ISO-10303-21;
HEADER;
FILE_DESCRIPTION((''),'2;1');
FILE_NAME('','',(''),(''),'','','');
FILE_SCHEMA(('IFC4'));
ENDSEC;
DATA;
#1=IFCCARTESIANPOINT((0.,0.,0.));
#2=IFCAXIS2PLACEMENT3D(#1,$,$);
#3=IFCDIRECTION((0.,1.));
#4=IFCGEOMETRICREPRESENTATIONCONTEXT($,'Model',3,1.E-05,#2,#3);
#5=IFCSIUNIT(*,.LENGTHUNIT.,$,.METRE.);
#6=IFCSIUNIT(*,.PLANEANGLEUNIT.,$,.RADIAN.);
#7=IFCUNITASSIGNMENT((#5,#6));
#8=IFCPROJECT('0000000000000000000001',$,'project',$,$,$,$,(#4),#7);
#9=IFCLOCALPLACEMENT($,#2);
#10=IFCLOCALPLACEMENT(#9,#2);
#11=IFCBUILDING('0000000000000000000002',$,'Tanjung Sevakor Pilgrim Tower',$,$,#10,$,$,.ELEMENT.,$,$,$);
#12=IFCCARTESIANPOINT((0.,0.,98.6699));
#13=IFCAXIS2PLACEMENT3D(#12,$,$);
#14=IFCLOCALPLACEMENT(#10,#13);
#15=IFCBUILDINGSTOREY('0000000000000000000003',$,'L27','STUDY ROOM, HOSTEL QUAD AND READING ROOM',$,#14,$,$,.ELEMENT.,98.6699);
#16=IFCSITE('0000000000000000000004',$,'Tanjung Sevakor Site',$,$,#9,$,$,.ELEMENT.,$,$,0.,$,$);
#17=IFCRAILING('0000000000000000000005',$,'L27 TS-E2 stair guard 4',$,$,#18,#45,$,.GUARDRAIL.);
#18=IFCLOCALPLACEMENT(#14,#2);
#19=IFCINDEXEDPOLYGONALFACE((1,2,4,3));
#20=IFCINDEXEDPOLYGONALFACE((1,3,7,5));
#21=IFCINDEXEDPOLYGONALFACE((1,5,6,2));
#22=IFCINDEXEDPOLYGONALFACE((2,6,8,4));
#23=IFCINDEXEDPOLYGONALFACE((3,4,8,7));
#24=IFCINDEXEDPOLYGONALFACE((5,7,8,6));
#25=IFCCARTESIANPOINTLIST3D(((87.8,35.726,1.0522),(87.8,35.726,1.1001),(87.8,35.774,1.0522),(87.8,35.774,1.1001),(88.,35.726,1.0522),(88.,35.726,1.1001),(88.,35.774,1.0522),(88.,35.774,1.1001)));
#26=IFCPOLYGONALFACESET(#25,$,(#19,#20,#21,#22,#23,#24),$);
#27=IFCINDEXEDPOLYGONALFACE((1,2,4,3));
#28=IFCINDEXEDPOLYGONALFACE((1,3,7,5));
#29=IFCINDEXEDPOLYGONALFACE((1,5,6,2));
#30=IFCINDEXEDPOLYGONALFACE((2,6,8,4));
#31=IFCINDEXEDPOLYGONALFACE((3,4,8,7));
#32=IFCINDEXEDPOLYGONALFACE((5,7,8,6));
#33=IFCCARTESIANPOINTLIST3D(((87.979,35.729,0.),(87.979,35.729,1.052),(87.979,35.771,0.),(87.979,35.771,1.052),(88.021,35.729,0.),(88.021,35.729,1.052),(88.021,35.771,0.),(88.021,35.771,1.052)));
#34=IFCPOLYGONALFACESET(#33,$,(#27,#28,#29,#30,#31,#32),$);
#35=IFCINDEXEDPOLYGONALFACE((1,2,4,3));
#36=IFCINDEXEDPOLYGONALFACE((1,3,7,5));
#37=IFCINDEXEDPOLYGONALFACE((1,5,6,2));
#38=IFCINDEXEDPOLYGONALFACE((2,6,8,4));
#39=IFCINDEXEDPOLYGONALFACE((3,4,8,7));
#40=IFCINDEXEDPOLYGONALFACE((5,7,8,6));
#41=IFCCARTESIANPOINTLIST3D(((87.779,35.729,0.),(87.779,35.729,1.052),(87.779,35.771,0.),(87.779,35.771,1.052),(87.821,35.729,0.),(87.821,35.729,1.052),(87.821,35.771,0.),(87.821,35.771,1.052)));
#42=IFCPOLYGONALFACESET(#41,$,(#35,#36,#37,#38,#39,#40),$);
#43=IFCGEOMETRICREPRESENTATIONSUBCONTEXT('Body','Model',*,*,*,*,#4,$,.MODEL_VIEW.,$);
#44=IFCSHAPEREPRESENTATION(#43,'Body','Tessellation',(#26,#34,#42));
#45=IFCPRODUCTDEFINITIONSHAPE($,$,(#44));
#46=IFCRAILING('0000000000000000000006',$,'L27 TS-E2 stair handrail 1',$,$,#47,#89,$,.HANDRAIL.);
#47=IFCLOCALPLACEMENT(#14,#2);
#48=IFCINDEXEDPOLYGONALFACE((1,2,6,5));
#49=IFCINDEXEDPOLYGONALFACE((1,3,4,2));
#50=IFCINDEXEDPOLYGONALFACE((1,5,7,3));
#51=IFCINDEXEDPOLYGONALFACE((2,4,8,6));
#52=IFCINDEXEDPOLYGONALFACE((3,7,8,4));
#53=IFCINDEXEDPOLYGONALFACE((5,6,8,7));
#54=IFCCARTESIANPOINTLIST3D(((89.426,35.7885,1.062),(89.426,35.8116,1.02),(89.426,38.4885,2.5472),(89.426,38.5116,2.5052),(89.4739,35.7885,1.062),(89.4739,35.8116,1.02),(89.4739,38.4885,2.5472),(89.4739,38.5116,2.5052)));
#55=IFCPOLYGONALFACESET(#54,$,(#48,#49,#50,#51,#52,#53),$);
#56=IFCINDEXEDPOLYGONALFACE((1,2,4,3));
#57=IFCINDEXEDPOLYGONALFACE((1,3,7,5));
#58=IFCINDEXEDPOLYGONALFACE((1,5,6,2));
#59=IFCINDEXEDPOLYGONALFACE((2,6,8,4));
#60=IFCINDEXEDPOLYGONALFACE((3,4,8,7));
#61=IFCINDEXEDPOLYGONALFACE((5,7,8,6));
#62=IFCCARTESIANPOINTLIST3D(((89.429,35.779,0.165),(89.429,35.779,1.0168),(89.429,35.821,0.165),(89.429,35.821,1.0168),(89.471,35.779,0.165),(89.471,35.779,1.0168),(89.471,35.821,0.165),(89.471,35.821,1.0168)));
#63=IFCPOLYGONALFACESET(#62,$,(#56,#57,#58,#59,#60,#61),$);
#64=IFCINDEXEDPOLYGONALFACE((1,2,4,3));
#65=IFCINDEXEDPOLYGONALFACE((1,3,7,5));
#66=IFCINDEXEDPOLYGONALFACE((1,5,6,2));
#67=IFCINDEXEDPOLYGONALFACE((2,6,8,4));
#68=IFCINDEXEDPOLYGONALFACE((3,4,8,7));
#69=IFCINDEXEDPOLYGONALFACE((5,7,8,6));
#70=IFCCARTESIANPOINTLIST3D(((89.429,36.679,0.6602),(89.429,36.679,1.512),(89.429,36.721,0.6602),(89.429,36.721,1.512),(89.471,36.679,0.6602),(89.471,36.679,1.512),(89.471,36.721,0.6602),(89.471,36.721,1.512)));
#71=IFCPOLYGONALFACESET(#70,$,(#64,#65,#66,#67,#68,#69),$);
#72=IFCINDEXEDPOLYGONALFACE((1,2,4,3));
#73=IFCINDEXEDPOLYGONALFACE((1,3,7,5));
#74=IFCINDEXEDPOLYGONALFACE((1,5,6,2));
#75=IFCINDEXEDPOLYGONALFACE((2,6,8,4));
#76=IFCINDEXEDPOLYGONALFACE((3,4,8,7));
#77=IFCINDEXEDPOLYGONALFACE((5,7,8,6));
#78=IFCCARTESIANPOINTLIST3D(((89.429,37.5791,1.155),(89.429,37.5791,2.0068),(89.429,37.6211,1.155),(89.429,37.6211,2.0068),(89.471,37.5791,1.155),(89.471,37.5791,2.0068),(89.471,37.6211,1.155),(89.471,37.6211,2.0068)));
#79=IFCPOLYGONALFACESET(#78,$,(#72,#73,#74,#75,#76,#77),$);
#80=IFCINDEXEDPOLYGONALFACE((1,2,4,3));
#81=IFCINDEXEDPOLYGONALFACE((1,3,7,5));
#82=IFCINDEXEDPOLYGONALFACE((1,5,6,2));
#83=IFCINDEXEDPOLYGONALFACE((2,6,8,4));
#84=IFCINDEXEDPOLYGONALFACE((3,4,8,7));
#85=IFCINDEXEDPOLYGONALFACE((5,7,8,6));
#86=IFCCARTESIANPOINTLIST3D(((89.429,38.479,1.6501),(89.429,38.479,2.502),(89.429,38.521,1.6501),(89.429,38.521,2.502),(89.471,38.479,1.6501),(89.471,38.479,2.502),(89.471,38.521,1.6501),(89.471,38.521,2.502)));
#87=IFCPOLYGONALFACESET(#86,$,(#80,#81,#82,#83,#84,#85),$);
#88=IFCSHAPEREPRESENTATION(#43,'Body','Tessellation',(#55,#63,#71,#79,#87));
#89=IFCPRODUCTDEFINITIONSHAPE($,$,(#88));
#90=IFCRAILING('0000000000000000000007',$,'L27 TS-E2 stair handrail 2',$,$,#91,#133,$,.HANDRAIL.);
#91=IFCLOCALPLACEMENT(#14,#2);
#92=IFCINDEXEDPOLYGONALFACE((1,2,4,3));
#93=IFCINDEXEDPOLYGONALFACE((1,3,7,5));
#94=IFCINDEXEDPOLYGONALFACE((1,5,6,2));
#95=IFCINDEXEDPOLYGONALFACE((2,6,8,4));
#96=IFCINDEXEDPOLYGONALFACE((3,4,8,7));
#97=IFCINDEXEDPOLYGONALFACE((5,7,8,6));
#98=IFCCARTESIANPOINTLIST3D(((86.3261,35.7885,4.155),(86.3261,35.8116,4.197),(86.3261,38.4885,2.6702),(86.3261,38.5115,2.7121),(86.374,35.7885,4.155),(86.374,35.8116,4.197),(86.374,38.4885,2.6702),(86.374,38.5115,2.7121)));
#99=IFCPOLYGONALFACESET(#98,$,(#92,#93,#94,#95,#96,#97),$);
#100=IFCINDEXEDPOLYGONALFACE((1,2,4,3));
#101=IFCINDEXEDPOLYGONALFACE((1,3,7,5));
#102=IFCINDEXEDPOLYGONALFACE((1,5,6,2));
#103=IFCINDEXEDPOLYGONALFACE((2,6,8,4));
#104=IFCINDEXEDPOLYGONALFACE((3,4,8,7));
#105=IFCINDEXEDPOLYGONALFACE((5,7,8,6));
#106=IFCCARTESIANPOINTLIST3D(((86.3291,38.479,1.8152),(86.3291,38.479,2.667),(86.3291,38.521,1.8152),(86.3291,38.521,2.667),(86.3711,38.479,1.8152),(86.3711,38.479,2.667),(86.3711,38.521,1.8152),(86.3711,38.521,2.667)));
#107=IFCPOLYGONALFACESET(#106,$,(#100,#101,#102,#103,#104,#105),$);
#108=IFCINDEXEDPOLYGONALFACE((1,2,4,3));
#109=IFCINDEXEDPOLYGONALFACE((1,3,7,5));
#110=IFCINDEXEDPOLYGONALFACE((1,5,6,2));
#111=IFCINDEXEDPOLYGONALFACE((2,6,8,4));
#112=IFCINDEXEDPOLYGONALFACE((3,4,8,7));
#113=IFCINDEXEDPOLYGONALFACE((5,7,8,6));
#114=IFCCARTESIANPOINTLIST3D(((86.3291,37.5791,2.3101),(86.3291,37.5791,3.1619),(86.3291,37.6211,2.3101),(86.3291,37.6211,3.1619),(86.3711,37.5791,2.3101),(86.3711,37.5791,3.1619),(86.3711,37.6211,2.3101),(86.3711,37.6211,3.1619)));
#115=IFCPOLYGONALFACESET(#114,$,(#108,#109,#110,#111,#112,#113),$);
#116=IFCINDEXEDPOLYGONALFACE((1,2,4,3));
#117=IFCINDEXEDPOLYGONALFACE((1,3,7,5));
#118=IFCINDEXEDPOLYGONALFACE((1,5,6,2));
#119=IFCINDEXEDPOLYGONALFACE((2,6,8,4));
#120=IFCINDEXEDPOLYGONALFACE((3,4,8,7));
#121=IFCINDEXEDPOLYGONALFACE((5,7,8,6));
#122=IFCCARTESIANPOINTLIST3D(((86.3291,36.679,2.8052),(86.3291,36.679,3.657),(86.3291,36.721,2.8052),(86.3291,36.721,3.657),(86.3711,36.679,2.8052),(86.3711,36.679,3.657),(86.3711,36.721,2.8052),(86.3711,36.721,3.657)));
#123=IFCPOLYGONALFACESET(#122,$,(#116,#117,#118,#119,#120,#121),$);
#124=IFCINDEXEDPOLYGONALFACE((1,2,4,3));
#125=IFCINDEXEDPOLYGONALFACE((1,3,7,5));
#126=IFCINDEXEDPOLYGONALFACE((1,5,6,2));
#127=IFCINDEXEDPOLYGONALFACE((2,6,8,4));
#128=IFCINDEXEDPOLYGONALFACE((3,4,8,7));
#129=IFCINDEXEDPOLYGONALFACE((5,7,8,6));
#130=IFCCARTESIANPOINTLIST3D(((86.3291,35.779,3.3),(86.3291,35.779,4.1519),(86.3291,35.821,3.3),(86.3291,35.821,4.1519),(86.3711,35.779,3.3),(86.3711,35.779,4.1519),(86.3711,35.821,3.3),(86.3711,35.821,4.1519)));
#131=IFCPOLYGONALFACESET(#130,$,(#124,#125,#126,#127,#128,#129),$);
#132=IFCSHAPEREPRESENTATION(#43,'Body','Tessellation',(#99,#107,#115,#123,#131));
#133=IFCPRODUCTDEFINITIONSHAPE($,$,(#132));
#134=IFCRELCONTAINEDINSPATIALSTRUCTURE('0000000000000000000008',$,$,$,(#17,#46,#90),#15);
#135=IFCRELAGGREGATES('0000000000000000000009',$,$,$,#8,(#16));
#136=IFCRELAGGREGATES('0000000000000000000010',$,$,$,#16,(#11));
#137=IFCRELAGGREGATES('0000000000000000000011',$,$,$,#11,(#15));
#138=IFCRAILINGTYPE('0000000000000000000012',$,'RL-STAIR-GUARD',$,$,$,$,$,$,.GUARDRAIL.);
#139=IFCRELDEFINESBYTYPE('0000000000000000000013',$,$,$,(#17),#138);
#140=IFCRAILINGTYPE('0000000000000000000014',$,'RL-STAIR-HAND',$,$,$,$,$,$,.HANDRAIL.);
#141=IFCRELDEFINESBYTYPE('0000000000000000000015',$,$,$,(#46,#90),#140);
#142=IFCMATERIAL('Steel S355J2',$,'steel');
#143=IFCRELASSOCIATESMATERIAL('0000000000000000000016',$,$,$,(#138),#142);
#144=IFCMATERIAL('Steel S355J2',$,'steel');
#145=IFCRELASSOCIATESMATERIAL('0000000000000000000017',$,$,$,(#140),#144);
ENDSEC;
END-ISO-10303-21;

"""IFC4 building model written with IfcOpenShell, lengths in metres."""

from ifc_helpers import new_model, si_unit, direction, frame, origin, place, context, subcontext, project, spatial, rectangle, extrude, material, type_object, element, save


model = new_model("IFC4")

# Units and contexts
model_context = context("Model", 3, precision=1e-05, world=origin(), true_north=direction((0.0, 1.0)))
body_context = subcontext(model_context, "Body", "Model", "MODEL_VIEW")
ifc_project = project(units=[si_unit("LENGTHUNIT", "METRE"), si_unit("PLANEANGLEUNIT", "RADIAN")], contexts=[model_context])

# Site, building, storey
site_placement = place(None, origin())
site = spatial("IfcSite", under=ifc_project, at=site_placement, Name="Tanjung Sevakor Site", CompositionType="ELEMENT", RefElevation=0.0)
building_placement = place(site_placement, origin())
building = spatial("IfcBuilding", under=site, at=building_placement, Name="Tanjung Sevakor Pilgrim Tower", CompositionType="ELEMENT")
storey_placement = place(building_placement, frame((0.0, 0.0, 98.6699)))
storey = spatial("IfcBuildingStorey", under=building, at=storey_placement, Name="L27", Description="STUDY ROOM, HOSTEL QUAD AND READING ROOM", CompositionType="ELEMENT", Elevation=98.6699)

# Railings
ifc_material_1 = material(Name="Steel S355J2", Category="steel")
railing_type_1 = type_object("IfcRailingType", Name="RL-STAIR-GUARD", PredefinedType="GUARDRAIL", material=ifc_material_1)
railing_1_placement = place(storey_placement, frame((88.0, 35.75, 0.0)))
element("IfcRailing", 1, at=railing_1_placement, inside=storey, type_object=railing_type_1, Name="L27 TS-E2 stair guard 4", PredefinedType="GUARDRAIL", context=body_context, shape_type="SweptSolid", body=[
    extrude(rectangle(XDim=0.0479, YDim=0.0479), frame((0.0, 0.0, 1.0762), z_axis=(-1.0, 0.0, 0.0), x_axis=(0.0, -1.0, 0.0)), (0.0, 0.0, 1.0), 0.2),
    extrude(rectangle(XDim=0.042, YDim=0.042), origin(), (0.0, 0.0, 1.0), 1.052),
    extrude(rectangle(XDim=0.042, YDim=0.042), frame((-0.2, 0.0, 0.0)), (0.0, 0.0, 1.0), 1.052),
])
ifc_material_2 = material(Name="Steel S355J2", Category="steel")
railing_type_2 = type_object("IfcRailingType", Name="RL-STAIR-HAND", PredefinedType="HANDRAIL", material=ifc_material_2)
railing_2_placement = place(storey_placement, frame((89.45, 35.8, 0.165)))
element("IfcRailing", 2, at=railing_2_placement, inside=storey, type_object=railing_type_2, Name="L27 TS-E2 stair handrail 1", PredefinedType="HANDRAIL", context=body_context, shape_type="SweptSolid", body=[
    extrude(rectangle(XDim=0.0479, YDim=0.0479), frame((0.0, 0.0, 0.876), z_axis=(0.0, 0.876198, 0.481952), x_axis=(-1.0, 0.0, 0.0)), (0.0, 0.0, 1.0), 3.0815),
    extrude(rectangle(XDim=0.042, YDim=0.042), origin(), (0.0, 0.0, 1.0), 0.8518),
    extrude(rectangle(XDim=0.042, YDim=0.042), frame((0.0, 0.8999, 0.4951)), (0.0, 0.0, 1.0), 0.8518),
    extrude(rectangle(XDim=0.042, YDim=0.042), frame((0.0, 1.8, 0.99)), (0.0, 0.0, 1.0), 0.8518),
    extrude(rectangle(XDim=0.042, YDim=0.042), frame((0.0, 2.7, 1.4851)), (0.0, 0.0, 1.0), 0.8518),
])
railing_3_placement = place(storey_placement, frame((86.3501, 38.5, 1.8152)))
element("IfcRailing", 3, at=railing_3_placement, inside=storey, type_object=railing_type_2, Name="L27 TS-E2 stair handrail 2", PredefinedType="HANDRAIL", context=body_context, shape_type="SweptSolid", body=[
    extrude(rectangle(XDim=0.0479, YDim=0.0479), frame((0.0, 0.0, 0.876), z_axis=(0.0, -0.876231, 0.481891), x_axis=(1.0, 0.0, 0.0)), (0.0, 0.0, 1.0), 3.0813),
    extrude(rectangle(XDim=0.042, YDim=0.042), origin(), (0.0, 0.0, 1.0), 0.8518),
    extrude(rectangle(XDim=0.042, YDim=0.042), frame((0.0, -0.8999, 0.4949)), (0.0, 0.0, 1.0), 0.8518),
    extrude(rectangle(XDim=0.042, YDim=0.042), frame((0.0, -1.8, 0.99)), (0.0, 0.0, 1.0), 0.8518),
    extrude(rectangle(XDim=0.042, YDim=0.042), frame((0.0, -2.7, 1.4849)), (0.0, 0.0, 1.0), 0.8518),
])

save(model, "model.ifc")
